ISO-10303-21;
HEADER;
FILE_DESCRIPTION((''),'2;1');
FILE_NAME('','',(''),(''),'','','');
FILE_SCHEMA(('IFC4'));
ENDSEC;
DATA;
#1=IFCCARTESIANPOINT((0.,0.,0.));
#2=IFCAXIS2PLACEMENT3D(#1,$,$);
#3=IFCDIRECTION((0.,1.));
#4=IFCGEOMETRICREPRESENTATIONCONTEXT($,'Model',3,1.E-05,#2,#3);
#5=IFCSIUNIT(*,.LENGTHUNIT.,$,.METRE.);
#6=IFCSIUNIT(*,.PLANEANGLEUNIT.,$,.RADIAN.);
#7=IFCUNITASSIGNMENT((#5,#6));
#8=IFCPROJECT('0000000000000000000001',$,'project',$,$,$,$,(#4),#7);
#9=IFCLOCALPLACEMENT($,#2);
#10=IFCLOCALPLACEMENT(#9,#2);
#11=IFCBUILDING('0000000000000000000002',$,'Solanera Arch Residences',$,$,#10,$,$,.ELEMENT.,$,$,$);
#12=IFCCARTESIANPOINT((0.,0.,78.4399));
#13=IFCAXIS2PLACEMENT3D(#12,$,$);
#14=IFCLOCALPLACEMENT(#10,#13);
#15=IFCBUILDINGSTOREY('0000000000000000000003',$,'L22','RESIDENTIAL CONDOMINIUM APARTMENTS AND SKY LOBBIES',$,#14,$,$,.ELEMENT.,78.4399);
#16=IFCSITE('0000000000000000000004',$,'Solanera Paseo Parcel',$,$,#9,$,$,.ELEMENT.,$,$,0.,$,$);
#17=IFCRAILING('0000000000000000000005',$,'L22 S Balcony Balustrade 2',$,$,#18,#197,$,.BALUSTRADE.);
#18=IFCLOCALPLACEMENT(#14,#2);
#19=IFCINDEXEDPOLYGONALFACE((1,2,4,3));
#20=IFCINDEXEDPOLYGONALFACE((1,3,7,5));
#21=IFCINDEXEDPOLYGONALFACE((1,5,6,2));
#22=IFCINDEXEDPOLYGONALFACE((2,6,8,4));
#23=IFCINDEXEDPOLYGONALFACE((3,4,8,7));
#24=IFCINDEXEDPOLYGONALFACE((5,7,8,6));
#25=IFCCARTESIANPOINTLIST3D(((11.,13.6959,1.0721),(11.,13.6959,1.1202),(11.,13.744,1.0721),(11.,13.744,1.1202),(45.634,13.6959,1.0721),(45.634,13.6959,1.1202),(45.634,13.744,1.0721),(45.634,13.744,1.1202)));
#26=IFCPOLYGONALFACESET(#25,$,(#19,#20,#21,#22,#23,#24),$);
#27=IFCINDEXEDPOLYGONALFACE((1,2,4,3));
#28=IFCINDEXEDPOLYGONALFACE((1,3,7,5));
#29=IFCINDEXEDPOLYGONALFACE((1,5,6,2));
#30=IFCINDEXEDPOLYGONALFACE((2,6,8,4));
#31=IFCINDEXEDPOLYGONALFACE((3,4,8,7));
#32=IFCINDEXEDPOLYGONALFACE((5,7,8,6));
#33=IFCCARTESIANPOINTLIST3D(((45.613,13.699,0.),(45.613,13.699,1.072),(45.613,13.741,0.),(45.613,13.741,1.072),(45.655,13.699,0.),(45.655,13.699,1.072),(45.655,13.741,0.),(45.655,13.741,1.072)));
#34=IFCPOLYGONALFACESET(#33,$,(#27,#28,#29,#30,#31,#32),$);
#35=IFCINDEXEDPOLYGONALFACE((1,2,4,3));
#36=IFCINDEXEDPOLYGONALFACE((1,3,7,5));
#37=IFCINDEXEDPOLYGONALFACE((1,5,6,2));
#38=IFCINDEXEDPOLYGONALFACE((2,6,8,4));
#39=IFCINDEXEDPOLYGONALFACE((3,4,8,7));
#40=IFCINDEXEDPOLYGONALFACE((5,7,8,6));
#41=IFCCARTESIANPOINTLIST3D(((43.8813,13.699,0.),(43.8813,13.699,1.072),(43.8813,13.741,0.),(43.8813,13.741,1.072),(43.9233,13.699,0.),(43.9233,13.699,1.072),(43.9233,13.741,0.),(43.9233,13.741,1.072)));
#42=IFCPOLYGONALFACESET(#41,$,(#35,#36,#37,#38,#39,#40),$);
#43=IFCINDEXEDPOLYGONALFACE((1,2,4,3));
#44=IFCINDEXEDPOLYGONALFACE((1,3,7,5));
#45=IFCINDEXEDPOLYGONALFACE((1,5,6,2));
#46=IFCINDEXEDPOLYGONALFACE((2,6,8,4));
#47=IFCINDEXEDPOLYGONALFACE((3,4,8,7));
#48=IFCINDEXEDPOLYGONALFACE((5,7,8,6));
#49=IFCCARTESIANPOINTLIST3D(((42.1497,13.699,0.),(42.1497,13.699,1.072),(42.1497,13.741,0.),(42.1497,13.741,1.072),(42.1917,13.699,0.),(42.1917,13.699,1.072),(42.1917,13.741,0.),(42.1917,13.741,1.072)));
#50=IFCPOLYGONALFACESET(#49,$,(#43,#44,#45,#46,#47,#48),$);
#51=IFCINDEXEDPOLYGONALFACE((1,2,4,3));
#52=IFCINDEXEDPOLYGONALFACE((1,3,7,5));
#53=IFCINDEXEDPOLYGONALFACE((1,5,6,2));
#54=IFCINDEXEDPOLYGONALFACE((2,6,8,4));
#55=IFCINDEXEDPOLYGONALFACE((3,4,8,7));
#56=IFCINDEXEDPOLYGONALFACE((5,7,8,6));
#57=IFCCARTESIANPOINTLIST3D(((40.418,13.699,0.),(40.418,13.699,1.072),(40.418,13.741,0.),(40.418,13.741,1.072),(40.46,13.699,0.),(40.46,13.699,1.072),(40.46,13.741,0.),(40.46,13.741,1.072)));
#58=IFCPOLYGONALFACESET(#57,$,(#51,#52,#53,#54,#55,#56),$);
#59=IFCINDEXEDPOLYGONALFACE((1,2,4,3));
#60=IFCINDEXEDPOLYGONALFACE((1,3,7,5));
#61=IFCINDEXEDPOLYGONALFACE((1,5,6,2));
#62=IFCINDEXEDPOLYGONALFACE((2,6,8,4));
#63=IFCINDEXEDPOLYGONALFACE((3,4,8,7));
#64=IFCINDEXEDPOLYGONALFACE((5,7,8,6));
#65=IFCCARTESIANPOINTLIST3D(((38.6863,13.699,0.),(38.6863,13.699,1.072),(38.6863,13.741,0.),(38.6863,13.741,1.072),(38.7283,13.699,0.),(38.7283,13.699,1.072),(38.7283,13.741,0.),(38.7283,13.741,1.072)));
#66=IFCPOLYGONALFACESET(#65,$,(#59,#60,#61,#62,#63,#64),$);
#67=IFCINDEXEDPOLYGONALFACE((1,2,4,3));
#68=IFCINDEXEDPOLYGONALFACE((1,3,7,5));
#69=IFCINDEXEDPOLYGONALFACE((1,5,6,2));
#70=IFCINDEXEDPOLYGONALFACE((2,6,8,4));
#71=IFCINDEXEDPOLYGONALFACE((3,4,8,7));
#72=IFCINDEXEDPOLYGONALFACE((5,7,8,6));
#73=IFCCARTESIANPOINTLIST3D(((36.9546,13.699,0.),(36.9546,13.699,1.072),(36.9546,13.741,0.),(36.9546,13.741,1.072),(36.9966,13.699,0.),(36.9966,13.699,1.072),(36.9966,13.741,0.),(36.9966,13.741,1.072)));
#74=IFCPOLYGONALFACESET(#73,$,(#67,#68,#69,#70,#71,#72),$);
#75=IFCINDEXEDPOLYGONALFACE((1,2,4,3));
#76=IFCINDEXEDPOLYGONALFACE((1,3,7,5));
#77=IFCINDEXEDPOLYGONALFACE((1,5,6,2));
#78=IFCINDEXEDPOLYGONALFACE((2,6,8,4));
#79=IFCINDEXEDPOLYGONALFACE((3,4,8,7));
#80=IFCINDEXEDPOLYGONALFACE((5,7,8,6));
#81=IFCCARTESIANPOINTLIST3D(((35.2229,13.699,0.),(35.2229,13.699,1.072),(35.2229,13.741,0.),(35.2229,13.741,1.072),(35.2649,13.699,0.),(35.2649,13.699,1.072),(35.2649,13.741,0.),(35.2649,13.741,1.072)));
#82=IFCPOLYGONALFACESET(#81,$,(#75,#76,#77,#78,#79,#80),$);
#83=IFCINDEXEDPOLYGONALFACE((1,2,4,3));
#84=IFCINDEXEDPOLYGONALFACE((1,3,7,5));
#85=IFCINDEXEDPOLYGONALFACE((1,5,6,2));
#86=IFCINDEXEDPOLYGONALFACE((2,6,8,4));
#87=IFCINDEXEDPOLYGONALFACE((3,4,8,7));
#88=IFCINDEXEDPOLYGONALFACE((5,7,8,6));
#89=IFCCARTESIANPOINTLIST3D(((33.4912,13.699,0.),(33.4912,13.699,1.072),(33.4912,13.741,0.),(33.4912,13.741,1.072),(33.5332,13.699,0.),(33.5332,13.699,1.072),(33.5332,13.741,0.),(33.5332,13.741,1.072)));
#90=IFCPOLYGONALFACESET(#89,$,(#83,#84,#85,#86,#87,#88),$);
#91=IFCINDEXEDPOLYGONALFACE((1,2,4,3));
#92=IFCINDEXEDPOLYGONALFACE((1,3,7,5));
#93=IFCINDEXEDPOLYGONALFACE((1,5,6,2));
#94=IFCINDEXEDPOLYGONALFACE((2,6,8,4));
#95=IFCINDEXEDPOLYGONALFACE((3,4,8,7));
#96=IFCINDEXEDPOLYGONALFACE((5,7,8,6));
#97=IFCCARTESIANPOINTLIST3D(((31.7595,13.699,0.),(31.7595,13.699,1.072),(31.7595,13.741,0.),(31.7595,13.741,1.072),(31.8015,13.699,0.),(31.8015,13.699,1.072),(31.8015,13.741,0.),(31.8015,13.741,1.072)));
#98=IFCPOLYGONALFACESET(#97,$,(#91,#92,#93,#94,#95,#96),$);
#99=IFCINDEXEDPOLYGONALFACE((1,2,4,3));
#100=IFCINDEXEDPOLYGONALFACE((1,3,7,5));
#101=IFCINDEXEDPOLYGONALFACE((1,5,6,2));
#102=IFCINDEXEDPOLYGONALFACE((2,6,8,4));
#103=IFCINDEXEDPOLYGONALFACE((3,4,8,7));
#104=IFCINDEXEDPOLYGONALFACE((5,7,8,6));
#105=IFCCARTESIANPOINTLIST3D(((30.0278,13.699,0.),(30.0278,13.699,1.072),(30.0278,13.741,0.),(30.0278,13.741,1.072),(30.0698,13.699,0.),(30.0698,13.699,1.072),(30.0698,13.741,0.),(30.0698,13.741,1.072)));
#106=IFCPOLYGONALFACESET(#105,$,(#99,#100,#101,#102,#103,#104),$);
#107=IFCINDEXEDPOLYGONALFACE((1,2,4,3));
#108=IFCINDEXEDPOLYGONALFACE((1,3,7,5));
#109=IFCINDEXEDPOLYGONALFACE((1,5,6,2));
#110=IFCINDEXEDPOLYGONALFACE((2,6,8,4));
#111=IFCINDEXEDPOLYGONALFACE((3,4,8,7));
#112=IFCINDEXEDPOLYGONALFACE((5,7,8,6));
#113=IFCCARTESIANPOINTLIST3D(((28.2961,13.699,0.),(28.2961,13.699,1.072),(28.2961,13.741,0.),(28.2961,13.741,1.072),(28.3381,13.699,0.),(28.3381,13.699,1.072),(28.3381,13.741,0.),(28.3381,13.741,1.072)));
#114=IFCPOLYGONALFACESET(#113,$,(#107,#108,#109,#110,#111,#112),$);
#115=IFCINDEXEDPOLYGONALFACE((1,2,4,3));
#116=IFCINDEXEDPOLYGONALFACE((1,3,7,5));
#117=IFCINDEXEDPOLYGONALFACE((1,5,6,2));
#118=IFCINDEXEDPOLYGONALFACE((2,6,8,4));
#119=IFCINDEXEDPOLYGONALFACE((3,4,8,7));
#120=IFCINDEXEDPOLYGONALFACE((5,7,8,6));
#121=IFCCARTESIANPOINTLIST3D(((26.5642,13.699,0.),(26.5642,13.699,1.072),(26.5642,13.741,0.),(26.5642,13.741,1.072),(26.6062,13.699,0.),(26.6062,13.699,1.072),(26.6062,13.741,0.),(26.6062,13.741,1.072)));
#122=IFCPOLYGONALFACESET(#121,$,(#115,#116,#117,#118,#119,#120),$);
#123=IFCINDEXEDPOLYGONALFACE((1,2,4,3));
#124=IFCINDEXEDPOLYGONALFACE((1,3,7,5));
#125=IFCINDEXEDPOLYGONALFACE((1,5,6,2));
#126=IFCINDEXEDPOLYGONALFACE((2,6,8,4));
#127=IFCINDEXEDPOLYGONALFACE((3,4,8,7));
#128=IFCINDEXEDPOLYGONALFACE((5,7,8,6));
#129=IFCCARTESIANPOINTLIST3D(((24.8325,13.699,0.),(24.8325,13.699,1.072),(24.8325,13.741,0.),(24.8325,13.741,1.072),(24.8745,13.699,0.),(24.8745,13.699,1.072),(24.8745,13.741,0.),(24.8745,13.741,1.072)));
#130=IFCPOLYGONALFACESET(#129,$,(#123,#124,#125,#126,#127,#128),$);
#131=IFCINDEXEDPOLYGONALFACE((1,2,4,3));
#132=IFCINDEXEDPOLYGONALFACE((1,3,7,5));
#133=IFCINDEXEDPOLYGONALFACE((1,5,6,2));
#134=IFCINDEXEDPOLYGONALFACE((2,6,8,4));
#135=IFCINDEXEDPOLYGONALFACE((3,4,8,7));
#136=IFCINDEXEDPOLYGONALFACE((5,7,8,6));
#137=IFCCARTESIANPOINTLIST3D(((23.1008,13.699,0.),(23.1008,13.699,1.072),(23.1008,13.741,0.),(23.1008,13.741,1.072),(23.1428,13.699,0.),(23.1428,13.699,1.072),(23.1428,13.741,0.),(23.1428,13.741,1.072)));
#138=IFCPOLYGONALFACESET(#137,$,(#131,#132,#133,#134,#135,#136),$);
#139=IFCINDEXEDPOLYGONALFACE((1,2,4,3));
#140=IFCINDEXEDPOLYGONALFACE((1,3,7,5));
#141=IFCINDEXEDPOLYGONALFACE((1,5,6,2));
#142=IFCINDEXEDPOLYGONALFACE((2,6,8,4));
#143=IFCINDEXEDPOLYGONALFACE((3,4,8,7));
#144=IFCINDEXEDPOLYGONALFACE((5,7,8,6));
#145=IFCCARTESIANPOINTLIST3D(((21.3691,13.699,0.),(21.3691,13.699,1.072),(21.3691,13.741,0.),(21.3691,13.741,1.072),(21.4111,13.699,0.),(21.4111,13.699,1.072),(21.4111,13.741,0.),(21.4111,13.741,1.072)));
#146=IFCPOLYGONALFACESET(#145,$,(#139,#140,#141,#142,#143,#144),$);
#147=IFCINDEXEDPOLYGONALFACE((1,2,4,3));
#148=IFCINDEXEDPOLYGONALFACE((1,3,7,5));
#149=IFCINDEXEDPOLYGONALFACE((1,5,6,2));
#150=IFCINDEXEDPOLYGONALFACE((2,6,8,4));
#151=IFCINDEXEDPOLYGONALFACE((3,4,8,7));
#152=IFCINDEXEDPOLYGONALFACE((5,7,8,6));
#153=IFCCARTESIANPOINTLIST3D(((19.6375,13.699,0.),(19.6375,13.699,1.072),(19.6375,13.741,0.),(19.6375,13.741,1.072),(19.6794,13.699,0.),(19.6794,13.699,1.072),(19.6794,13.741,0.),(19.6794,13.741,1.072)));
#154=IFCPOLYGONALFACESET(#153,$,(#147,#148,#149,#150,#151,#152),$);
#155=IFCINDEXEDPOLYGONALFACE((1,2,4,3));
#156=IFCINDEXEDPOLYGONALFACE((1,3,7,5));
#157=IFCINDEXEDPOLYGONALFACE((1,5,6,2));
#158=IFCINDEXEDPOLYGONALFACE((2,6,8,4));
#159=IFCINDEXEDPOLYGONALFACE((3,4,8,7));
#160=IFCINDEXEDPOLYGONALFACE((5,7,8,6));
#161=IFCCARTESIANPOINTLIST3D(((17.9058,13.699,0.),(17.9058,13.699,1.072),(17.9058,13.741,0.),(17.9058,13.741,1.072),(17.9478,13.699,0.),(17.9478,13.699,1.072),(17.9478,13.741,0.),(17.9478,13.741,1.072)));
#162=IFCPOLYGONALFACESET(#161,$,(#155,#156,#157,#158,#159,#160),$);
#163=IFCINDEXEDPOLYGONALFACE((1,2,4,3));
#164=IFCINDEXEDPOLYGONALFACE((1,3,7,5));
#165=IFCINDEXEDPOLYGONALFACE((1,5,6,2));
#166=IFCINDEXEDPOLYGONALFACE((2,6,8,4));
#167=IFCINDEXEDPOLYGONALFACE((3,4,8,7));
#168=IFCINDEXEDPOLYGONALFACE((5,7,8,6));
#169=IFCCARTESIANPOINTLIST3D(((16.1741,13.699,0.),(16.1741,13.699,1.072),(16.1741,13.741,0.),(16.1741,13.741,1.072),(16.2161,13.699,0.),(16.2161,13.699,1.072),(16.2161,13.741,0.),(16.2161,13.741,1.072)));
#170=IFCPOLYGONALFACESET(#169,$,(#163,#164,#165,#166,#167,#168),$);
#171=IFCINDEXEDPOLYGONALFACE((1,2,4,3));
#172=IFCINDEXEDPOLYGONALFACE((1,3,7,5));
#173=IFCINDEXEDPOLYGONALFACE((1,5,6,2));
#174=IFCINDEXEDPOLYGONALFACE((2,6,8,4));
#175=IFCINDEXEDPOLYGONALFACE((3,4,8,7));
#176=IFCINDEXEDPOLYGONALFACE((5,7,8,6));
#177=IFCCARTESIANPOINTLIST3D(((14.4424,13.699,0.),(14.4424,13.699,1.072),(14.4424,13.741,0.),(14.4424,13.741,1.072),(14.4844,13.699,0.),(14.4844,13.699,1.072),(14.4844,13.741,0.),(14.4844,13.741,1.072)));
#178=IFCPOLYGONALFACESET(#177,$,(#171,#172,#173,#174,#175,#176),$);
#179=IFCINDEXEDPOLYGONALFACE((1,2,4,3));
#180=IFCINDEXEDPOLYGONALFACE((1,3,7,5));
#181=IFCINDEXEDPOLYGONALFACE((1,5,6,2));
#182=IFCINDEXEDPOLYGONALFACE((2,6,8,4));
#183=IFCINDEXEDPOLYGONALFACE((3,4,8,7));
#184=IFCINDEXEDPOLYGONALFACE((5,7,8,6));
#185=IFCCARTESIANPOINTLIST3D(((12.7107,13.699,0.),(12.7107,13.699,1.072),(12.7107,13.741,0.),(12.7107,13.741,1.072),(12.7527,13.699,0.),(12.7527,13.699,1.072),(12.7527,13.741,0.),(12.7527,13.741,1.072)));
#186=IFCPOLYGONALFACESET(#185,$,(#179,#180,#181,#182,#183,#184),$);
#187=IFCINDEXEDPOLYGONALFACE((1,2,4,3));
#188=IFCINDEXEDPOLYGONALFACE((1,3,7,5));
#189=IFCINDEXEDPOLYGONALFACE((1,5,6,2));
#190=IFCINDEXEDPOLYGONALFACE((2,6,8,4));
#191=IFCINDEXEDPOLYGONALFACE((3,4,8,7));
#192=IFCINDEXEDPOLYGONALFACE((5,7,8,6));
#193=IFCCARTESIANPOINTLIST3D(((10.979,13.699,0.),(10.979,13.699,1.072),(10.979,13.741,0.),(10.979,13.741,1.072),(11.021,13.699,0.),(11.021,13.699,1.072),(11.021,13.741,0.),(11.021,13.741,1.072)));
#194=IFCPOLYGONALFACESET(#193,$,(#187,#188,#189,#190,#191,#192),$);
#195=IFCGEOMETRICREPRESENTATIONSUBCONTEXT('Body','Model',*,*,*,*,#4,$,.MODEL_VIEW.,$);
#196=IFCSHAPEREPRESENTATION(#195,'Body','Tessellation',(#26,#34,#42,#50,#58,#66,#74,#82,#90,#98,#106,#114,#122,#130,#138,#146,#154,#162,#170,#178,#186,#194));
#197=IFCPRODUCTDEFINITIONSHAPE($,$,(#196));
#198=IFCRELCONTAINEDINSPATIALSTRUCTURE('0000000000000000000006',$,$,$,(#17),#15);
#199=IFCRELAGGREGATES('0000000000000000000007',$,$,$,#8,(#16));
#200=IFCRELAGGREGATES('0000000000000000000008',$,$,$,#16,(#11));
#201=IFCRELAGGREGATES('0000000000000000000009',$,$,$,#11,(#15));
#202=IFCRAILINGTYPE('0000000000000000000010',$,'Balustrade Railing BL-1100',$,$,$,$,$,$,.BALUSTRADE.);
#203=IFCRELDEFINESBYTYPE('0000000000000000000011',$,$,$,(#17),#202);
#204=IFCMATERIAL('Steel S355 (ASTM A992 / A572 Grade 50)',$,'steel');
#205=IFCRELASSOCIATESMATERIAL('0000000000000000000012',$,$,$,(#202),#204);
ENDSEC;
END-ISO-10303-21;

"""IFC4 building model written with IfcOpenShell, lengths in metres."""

from ifc_helpers import new_model, si_unit, direction, frame, origin, origin_2d, place, context, subcontext, project, spatial, rectangle, extrude, material, type_object, element, save


model = new_model("IFC4")

# Units and contexts
model_context = context("Model", 3, precision=1e-05, world=origin(), true_north=direction((0.0, 1.0)))
body_context = subcontext(model_context, "Body", "Model", "MODEL_VIEW")
ifc_project = project(units=[si_unit("LENGTHUNIT", "METRE"), si_unit("PLANEANGLEUNIT", "RADIAN")], contexts=[model_context])

# Site, building, storey
site_placement = place(None, origin())
site = spatial("IfcSite", under=ifc_project, at=site_placement, Name="Solanera Paseo Parcel", CompositionType="ELEMENT", RefElevation=0.0)
building_placement = place(site_placement, origin())
building = spatial("IfcBuilding", under=site, at=building_placement, Name="Solanera Arch Residences", CompositionType="ELEMENT")
storey_placement = place(building_placement, frame((0.0, 0.0, 78.4399)))
storey = spatial("IfcBuildingStorey", under=building, at=storey_placement, Name="L22", Description="RESIDENTIAL CONDOMINIUM APARTMENTS AND SKY LOBBIES", CompositionType="ELEMENT", Elevation=78.4399)

# Railing
ifc_material_1 = material(Name="Steel S355 (ASTM A992 / A572 Grade 50)", Category="steel")
railing_type = type_object("IfcRailingType", Name="Balustrade Railing BL-1100", PredefinedType="BALUSTRADE", material=ifc_material_1)
railing_1_placement = place(storey_placement, frame((45.634, 13.72, 0.0)))
element("IfcRailing", 1, at=railing_1_placement, inside=storey, type_object=railing_type, Name="L22 S Balcony Balustrade 2", PredefinedType="BALUSTRADE", context=body_context, shape_type="SweptSolid", body=[
    extrude(rectangle(XDim=0.0481, YDim=0.0481, at=origin_2d()), frame((0.0, 0.0, 1.0962), z_axis=(-1.0, 0.0, 0.0), x_axis=(0.0, -1.0, 0.0)), (0.0, 0.0, 1.0), 34.634),
    extrude(rectangle(XDim=0.042, YDim=0.042, at=origin_2d()), origin(), (0.0, 0.0, 1.0), 1.072),
    extrude(rectangle(XDim=0.042, YDim=0.042, at=origin_2d()), frame((-1.7317, 0.0, 0.0)), (0.0, 0.0, 1.0), 1.072),
    extrude(rectangle(XDim=0.042, YDim=0.042, at=origin_2d()), frame((-3.4634, 0.0, 0.0)), (0.0, 0.0, 1.0), 1.072),
    extrude(rectangle(XDim=0.042, YDim=0.042, at=origin_2d()), frame((-5.1951, 0.0, 0.0)), (0.0, 0.0, 1.0), 1.072),
    extrude(rectangle(XDim=0.042, YDim=0.042, at=origin_2d()), frame((-6.9268, 0.0, 0.0)), (0.0, 0.0, 1.0), 1.072),
    extrude(rectangle(XDim=0.042, YDim=0.042, at=origin_2d()), frame((-8.6584, 0.0, 0.0)), (0.0, 0.0, 1.0), 1.072),
    extrude(rectangle(XDim=0.042, YDim=0.042, at=origin_2d()), frame((-10.3901, 0.0, 0.0)), (0.0, 0.0, 1.0), 1.072),
    extrude(rectangle(XDim=0.042, YDim=0.042, at=origin_2d()), frame((-12.1218, 0.0, 0.0)), (0.0, 0.0, 1.0), 1.072),
    extrude(rectangle(XDim=0.042, YDim=0.042, at=origin_2d()), frame((-13.8535, 0.0, 0.0)), (0.0, 0.0, 1.0), 1.072),
    extrude(rectangle(XDim=0.042, YDim=0.042, at=origin_2d()), frame((-15.5852, 0.0, 0.0)), (0.0, 0.0, 1.0), 1.072),
    extrude(rectangle(XDim=0.042, YDim=0.042, at=origin_2d()), frame((-17.3169, 0.0, 0.0)), (0.0, 0.0, 1.0), 1.072),
    extrude(rectangle(XDim=0.042, YDim=0.042, at=origin_2d()), frame((-19.0488, 0.0, 0.0)), (0.0, 0.0, 1.0), 1.072),
    extrude(rectangle(XDim=0.042, YDim=0.042, at=origin_2d()), frame((-20.7805, 0.0, 0.0)), (0.0, 0.0, 1.0), 1.072),
    extrude(rectangle(XDim=0.042, YDim=0.042, at=origin_2d()), frame((-22.5122, 0.0, 0.0)), (0.0, 0.0, 1.0), 1.072),
    extrude(rectangle(XDim=0.042, YDim=0.042, at=origin_2d()), frame((-24.2439, 0.0, 0.0)), (0.0, 0.0, 1.0), 1.072),
    extrude(rectangle(XDim=0.042, YDim=0.042, at=origin_2d()), frame((-25.9756, 0.0, 0.0)), (0.0, 0.0, 1.0), 1.072),
    extrude(rectangle(XDim=0.042, YDim=0.042, at=origin_2d()), frame((-27.7073, 0.0, 0.0)), (0.0, 0.0, 1.0), 1.072),
    extrude(rectangle(XDim=0.042, YDim=0.042, at=origin_2d()), frame((-29.439, 0.0, 0.0)), (0.0, 0.0, 1.0), 1.072),
    extrude(rectangle(XDim=0.042, YDim=0.042, at=origin_2d()), frame((-31.1707, 0.0, 0.0)), (0.0, 0.0, 1.0), 1.072),
    extrude(rectangle(XDim=0.042, YDim=0.042, at=origin_2d()), frame((-32.9023, 0.0, 0.0)), (0.0, 0.0, 1.0), 1.072),
    extrude(rectangle(XDim=0.042, YDim=0.042, at=origin_2d()), frame((-34.634, 0.0, 0.0)), (0.0, 0.0, 1.0), 1.072),
])

save(model, "model.ifc")
